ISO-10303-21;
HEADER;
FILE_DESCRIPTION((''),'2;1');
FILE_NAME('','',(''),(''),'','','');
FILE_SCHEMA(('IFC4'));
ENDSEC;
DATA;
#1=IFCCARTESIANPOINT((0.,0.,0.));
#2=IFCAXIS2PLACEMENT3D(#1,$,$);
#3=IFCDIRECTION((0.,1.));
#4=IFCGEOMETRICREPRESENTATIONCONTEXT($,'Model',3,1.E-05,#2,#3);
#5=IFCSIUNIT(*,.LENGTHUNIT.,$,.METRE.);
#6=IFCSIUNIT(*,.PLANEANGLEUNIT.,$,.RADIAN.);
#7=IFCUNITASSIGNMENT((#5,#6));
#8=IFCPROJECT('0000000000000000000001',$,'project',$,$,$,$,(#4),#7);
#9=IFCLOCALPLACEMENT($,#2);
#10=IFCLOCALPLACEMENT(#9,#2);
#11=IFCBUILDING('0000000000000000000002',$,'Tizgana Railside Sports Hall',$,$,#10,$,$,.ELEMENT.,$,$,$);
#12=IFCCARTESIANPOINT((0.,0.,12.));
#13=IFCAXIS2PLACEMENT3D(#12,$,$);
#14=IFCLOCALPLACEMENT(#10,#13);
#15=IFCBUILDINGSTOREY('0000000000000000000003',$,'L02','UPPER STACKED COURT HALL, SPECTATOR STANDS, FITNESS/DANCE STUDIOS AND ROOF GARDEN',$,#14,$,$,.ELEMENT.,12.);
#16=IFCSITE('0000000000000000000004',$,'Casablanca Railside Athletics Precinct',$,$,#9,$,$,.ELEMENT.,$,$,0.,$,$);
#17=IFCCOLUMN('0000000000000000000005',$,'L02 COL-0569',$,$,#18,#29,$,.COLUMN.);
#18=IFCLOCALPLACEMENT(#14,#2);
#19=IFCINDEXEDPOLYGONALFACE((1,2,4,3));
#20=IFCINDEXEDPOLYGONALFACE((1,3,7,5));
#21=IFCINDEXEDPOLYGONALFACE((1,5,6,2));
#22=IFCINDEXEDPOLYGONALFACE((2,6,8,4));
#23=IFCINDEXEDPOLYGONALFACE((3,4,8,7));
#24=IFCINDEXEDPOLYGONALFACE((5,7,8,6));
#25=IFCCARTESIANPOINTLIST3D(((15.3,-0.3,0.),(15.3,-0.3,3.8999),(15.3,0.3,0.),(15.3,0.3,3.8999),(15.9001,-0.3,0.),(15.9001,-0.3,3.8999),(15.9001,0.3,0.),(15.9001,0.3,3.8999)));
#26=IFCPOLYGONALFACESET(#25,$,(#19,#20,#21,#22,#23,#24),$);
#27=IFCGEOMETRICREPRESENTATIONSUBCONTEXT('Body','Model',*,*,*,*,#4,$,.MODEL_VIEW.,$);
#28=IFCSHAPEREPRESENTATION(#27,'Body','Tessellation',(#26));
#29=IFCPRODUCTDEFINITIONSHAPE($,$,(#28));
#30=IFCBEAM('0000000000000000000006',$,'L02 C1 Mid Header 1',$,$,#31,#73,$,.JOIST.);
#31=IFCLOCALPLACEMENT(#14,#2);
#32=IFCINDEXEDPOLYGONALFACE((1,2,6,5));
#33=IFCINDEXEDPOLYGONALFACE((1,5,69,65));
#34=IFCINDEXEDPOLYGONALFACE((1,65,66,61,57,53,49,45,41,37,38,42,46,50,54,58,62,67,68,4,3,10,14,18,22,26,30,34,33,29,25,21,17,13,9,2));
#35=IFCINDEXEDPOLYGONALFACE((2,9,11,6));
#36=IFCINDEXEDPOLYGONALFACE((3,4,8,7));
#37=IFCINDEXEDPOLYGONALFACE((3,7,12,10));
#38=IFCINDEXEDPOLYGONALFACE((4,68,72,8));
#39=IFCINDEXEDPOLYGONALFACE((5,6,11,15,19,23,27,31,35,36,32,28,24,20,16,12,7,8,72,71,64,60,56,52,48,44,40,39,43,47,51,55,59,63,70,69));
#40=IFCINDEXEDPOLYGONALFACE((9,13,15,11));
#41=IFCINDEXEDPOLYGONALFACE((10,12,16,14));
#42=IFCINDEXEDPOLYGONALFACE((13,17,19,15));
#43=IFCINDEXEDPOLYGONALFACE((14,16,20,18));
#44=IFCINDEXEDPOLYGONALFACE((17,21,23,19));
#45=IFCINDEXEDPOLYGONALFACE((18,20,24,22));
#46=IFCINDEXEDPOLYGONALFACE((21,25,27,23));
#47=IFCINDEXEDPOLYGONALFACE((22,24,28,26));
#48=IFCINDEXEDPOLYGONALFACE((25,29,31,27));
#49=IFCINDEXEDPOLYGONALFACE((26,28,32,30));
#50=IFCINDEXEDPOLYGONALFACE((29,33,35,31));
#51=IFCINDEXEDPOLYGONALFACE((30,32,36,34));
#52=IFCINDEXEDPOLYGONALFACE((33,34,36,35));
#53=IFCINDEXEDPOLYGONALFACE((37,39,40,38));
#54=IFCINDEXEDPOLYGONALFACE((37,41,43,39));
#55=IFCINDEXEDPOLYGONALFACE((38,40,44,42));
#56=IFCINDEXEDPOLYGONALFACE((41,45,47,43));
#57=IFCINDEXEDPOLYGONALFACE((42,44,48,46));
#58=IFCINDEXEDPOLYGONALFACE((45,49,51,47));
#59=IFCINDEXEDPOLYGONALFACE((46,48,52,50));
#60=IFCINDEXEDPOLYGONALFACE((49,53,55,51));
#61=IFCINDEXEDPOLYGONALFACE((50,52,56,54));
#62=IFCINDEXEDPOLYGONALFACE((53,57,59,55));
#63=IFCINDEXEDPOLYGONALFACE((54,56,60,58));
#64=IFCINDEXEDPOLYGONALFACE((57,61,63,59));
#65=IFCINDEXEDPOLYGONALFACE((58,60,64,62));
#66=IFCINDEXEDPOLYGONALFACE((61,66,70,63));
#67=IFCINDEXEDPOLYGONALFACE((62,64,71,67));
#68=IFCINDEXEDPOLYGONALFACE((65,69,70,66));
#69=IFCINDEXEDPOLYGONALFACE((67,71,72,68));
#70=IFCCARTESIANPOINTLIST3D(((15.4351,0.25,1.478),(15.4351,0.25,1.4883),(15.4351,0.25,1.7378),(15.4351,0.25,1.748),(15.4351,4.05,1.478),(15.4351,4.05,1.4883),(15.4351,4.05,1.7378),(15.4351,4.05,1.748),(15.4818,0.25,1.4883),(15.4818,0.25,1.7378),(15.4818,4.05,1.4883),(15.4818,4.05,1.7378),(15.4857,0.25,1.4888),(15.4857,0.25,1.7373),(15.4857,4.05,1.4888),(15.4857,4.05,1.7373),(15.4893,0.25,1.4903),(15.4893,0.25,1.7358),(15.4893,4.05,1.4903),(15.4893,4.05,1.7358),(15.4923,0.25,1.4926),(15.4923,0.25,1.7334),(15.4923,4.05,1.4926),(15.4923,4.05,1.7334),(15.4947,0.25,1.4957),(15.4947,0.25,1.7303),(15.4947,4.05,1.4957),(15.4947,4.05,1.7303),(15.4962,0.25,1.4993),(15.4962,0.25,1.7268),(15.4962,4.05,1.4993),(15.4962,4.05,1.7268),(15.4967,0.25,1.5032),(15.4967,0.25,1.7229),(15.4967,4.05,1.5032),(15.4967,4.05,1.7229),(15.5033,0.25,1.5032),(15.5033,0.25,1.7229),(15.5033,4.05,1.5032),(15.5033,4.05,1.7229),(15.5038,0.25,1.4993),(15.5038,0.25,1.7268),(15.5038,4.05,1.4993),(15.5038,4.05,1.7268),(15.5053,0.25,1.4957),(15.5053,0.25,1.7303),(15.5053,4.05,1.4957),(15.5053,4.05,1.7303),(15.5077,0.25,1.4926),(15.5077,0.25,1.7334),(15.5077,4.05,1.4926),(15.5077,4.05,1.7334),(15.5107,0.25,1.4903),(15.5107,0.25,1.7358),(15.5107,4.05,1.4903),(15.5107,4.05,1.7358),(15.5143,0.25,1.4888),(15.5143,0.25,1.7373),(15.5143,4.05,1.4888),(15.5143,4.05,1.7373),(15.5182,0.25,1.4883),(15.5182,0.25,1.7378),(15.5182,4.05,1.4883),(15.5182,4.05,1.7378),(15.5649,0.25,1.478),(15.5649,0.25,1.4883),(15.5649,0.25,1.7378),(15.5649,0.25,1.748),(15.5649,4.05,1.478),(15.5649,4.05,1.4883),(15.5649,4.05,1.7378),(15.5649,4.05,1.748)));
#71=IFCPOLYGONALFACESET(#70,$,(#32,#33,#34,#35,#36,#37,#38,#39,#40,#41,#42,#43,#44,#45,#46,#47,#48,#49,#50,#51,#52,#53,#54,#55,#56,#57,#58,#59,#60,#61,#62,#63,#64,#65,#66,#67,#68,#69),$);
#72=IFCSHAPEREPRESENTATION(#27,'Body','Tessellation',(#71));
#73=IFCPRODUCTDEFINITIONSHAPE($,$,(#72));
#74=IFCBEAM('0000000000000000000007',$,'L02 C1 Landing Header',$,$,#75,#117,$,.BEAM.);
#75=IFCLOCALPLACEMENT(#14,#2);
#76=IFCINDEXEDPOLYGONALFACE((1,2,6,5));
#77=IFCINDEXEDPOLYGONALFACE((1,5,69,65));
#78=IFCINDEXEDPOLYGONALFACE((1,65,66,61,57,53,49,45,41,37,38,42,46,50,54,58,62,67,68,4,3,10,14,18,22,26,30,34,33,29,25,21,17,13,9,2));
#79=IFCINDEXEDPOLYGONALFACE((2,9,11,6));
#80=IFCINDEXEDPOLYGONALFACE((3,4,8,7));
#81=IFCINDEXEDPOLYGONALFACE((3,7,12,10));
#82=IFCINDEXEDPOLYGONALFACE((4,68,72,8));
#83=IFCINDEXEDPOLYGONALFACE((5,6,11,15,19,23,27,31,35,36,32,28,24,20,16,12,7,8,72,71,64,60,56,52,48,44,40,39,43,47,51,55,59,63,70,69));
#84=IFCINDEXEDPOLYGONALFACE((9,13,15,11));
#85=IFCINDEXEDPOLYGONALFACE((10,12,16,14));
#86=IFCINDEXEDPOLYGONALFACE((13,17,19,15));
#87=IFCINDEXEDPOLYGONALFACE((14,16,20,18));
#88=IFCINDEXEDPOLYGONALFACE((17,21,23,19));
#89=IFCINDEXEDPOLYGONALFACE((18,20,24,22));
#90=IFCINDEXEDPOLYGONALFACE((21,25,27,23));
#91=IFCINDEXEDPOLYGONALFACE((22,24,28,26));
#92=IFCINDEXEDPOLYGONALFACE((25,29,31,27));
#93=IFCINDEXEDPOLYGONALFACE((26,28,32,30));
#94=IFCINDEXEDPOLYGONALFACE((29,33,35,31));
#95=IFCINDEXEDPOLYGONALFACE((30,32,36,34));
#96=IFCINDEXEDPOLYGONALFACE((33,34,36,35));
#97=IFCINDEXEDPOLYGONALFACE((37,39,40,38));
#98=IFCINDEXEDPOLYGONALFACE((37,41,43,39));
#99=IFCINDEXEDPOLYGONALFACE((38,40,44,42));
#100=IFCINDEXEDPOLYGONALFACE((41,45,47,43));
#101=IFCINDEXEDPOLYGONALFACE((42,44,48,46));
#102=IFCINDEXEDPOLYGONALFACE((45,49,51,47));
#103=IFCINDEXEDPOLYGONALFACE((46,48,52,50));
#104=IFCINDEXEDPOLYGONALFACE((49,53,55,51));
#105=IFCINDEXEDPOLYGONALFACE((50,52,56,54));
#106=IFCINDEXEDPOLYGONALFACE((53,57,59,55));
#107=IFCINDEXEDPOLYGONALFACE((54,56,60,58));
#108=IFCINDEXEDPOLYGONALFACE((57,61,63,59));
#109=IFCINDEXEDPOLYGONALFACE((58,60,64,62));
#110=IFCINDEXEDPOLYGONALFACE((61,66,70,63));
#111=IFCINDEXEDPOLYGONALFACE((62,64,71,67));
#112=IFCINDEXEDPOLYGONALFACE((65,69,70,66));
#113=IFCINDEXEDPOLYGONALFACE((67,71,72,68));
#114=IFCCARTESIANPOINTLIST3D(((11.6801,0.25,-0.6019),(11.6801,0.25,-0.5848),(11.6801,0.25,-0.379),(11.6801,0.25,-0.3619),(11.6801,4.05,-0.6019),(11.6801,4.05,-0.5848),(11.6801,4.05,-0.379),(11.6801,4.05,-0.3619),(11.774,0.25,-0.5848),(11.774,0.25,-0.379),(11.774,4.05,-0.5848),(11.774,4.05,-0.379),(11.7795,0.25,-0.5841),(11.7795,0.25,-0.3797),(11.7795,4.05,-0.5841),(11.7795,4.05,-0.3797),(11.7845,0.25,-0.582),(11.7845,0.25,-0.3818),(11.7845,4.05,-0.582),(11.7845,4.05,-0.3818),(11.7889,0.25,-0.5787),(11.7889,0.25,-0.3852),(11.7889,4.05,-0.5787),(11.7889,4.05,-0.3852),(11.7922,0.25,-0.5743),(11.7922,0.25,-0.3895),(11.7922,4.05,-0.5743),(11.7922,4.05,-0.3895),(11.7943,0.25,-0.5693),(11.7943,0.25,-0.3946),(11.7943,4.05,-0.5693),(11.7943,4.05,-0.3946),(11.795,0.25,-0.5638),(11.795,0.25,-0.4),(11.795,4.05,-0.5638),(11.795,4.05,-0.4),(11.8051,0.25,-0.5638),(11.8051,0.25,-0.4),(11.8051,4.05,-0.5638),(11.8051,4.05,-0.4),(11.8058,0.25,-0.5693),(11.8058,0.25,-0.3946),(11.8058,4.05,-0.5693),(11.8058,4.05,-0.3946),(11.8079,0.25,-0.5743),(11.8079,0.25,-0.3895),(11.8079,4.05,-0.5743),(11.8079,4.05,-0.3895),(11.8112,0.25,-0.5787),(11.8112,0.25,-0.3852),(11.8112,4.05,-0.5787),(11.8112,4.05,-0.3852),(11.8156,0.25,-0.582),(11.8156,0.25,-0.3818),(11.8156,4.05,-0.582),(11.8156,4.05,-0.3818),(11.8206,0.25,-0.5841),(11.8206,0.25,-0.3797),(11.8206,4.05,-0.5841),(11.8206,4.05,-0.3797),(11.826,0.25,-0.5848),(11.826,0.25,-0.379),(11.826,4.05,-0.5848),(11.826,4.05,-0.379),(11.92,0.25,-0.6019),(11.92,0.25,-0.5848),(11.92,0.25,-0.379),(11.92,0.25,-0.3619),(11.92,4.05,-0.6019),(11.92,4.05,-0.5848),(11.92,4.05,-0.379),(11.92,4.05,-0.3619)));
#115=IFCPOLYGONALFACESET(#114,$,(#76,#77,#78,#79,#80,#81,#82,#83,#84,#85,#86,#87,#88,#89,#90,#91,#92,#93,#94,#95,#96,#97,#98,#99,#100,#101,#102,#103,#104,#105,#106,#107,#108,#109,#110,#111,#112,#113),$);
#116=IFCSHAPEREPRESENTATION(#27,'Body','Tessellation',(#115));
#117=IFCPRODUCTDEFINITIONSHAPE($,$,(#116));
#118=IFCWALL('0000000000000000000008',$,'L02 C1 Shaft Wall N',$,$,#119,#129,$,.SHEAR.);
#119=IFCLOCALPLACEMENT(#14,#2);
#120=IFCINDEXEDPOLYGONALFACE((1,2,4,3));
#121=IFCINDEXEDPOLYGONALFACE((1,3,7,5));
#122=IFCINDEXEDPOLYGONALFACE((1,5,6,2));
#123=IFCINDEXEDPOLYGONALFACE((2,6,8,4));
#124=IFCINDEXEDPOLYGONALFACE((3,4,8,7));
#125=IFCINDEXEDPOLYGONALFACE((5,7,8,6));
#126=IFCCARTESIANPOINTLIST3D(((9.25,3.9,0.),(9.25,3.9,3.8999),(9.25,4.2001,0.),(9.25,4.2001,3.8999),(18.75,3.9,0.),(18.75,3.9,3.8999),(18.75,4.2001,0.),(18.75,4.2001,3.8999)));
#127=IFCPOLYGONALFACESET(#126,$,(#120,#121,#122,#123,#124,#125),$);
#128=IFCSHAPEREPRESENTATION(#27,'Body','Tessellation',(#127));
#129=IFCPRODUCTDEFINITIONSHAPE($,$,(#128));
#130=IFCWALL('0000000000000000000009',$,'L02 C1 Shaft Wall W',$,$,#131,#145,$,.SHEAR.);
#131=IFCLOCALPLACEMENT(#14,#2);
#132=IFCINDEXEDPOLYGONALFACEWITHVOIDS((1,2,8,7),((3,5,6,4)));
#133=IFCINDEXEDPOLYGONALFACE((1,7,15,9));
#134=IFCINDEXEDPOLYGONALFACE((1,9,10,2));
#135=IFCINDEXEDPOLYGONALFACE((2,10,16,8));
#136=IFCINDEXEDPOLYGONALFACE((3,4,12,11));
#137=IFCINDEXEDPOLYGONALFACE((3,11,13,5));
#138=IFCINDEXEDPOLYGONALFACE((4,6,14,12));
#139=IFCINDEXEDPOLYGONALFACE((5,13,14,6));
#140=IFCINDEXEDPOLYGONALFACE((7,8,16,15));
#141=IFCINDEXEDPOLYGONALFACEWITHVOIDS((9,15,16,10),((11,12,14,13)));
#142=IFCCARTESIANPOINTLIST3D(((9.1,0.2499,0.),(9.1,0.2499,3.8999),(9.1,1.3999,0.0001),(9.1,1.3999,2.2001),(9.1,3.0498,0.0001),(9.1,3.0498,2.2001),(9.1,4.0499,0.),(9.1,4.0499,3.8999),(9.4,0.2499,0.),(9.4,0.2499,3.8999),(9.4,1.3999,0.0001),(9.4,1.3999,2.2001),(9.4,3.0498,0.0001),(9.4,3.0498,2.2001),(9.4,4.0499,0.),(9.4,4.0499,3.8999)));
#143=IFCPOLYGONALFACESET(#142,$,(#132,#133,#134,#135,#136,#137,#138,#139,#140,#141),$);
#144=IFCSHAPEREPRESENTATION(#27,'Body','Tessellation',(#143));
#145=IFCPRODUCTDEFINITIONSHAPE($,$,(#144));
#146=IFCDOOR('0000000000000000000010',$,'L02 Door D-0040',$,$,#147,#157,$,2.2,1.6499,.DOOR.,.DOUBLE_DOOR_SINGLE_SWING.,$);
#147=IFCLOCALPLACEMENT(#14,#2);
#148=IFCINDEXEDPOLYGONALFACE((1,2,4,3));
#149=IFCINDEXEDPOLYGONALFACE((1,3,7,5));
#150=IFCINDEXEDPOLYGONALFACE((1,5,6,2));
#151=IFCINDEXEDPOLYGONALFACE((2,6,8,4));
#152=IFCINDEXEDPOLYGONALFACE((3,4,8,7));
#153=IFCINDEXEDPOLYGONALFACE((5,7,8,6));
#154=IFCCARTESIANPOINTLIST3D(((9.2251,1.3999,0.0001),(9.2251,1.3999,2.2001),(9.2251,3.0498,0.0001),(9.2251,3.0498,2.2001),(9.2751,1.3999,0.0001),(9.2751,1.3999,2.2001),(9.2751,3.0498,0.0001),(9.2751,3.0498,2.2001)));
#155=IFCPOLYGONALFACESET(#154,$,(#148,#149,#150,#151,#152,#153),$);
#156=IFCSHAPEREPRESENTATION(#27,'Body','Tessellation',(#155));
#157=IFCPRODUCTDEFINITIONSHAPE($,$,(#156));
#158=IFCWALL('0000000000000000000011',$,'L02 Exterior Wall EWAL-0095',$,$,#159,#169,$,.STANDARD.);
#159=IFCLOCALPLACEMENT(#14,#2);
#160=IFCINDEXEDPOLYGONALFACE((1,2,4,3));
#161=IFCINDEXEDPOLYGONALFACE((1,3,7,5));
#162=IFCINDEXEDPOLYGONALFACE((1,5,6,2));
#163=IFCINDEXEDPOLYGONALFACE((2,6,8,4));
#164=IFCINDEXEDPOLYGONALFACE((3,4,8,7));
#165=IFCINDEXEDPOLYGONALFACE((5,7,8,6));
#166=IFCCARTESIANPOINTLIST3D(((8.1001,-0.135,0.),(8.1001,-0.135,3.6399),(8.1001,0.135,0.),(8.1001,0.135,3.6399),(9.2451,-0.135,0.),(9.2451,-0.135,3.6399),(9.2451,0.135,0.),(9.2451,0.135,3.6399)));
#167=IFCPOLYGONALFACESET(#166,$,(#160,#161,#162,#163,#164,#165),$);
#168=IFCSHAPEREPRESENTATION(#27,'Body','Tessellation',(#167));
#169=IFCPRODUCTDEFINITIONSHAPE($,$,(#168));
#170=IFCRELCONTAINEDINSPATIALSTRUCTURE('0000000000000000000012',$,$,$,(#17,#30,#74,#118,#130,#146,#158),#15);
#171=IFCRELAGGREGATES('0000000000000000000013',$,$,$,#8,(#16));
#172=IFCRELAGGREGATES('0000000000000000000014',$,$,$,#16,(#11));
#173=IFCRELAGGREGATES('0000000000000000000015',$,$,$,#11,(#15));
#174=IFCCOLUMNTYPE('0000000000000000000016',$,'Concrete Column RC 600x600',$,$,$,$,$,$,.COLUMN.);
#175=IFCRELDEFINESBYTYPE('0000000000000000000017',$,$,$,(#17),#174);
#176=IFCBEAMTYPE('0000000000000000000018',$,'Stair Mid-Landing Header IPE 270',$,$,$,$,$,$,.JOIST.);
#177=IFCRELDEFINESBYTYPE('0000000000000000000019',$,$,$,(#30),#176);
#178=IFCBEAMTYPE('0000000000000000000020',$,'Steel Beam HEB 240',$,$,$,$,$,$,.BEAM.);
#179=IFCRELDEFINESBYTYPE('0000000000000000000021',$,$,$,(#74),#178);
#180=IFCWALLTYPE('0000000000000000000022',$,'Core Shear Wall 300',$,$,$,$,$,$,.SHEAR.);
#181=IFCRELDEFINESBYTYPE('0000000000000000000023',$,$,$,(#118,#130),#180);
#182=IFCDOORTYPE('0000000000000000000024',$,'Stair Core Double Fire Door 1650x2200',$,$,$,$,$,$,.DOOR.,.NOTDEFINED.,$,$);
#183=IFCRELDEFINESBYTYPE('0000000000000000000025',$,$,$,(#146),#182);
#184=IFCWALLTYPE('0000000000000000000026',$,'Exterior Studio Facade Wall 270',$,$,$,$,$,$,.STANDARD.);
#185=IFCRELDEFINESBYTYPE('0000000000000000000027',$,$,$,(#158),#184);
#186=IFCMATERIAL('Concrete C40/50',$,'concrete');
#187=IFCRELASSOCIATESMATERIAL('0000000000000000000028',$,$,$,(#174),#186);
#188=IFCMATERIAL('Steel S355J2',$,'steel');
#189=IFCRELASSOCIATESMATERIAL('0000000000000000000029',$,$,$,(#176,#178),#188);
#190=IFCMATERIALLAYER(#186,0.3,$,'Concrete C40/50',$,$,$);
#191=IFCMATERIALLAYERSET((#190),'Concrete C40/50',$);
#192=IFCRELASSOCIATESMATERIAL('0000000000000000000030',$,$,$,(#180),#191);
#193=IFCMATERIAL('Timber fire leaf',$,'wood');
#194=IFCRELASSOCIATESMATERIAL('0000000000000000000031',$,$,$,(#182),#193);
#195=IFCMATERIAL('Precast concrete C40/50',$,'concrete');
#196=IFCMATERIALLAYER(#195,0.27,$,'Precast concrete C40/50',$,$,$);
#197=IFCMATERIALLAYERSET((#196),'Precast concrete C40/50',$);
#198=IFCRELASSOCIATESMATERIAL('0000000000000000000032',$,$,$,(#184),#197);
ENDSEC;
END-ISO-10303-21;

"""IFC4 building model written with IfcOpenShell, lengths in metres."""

from ifc_helpers import new_model, si_unit, direction, frame, frame_2d, origin, origin_2d, place, context, subcontext, project, spatial, rectangle, i_section, extrude, material, layer, layer_set, material_profile, profile_set, type_object, element, fill, save


model = new_model("IFC4")

# Units and contexts
model_context = context("Model", 3, precision=1e-05, world=origin(), true_north=direction((0.0, 1.0)))
body_context = subcontext(model_context, "Body", "Model", "MODEL_VIEW")
ifc_project = project(units=[si_unit("LENGTHUNIT", "METRE"), si_unit("PLANEANGLEUNIT", "RADIAN")], contexts=[model_context])

# Site, building, storey
site_placement = place(None, origin())
site = spatial("IfcSite", under=ifc_project, at=site_placement, Name="Casablanca Railside Athletics Precinct", CompositionType="ELEMENT", RefElevation=0.0)
building_placement = place(site_placement, origin())
building = spatial("IfcBuilding", under=site, at=building_placement, Name="Tizgana Railside Sports Hall", CompositionType="ELEMENT")
storey_placement = place(building_placement, frame((0.0, 0.0, 12.0)))
storey = spatial("IfcBuildingStorey", under=building, at=storey_placement, Name="L02", Description="UPPER STACKED COURT HALL, SPECTATOR STANDS, FITNESS/DANCE STUDIOS AND ROOF GARDEN", CompositionType="ELEMENT", Elevation=12.0)

# Column
ifc_material_1 = material(Name="Concrete C40/50", Category="concrete")
ifc_material_profile_1 = material_profile(ifc_material_1, rectangle(XDim=0.6001, YDim=0.6001, at=origin_2d()), Name="RC 600x600")
ifc_profile_set_1 = profile_set([ifc_material_profile_1], Name="Concrete C40/50")
column_type = type_object("IfcColumnType", Name="Concrete Column RC 600x600", PredefinedType="COLUMN", material=ifc_profile_set_1)
column_placement = place(storey_placement, frame((15.6001, 0.0, 0.0), z_axis=(0.0, 0.0, 1.0), x_axis=(1.0, 0.0, 0.0)))
element("IfcColumn", 1, at=column_placement, inside=storey, type_object=column_type, Name="L02 COL-0569", PredefinedType="COLUMN", context=body_context, shape_type="SweptSolid", body=[
    extrude(rectangle(XDim=0.6001, YDim=0.6001, at=origin_2d()), origin(), (0.0, 0.0, 1.0), 3.8999),
])

# Beams
ifc_material_2 = material(Name="Steel S355J2", Category="steel")
ifc_material_profile_2 = material_profile(ifc_material_2, i_section(OverallWidth=0.1299, OverallDepth=0.27, WebThickness=0.0066, FlangeThickness=0.0103, FilletRadius=0.0149, at=origin_2d()), Name="IPE 270")
ifc_profile_set_2 = profile_set([ifc_material_profile_2], Name="Steel S355J2")
beam_type_1 = type_object("IfcBeamType", Name="Stair Mid-Landing Header IPE 270", PredefinedType="JOIST", material=ifc_profile_set_2)
beam_1_placement = place(storey_placement, frame((15.5, 0.25, 1.613), z_axis=(0.0, 1.0, 0.0), x_axis=(-1.0, 0.0, 0.0)))
element("IfcBeam", 2, at=beam_1_placement, inside=storey, type_object=beam_type_1, Name="L02 C1 Mid Header 1", PredefinedType="JOIST", context=body_context, shape_type="SweptSolid", body=[
    extrude(i_section(OverallWidth=0.1299, OverallDepth=0.27, WebThickness=0.0066, FlangeThickness=0.0103, FilletRadius=0.0149, at=origin_2d()), origin(), (0.0, 0.0, 1.0), 3.8),
])
ifc_material_profile_3 = material_profile(ifc_material_2, i_section(OverallWidth=0.24, OverallDepth=0.24, WebThickness=0.01, FlangeThickness=0.0171, FilletRadius=0.021, at=origin_2d()), Name="HEB 240")
ifc_profile_set_3 = profile_set([ifc_material_profile_3], Name="Steel S355J2")
beam_type_2 = type_object("IfcBeamType", Name="Steel Beam HEB 240", PredefinedType="BEAM", material=ifc_profile_set_3)
beam_2_placement = place(storey_placement, frame((11.8, 0.25, -0.4819), z_axis=(0.0, 1.0, 0.0), x_axis=(-1.0, 0.0, 0.0)))
element("IfcBeam", 3, at=beam_2_placement, inside=storey, type_object=beam_type_2, Name="L02 C1 Landing Header", PredefinedType="BEAM", context=body_context, shape_type="SweptSolid", body=[
    extrude(i_section(OverallWidth=0.24, OverallDepth=0.24, WebThickness=0.01, FlangeThickness=0.0171, FilletRadius=0.021, at=origin_2d()), origin(), (0.0, 0.0, 1.0), 3.8),
])

# Wall
ifc_layer_1 = layer(ifc_material_1, 0.3, Name="Concrete C40/50")
ifc_layer_set_1 = layer_set([ifc_layer_1], Name="Concrete C40/50")
wall_type_1 = type_object("IfcWallType", Name="Core Shear Wall 300", PredefinedType="SHEAR", material=ifc_layer_set_1)
wall_1_placement = place(storey_placement, frame((9.25, 4.05, 0.0), z_axis=(0.0, 0.0, 1.0), x_axis=(1.0, 0.0, 0.0)))
element("IfcWall", 4, at=wall_1_placement, inside=storey, type_object=wall_type_1, Name="L02 C1 Shaft Wall N", PredefinedType="SHEAR", context=body_context, shape_type="SweptSolid", body=[
    extrude(rectangle(XDim=9.5, YDim=0.3, at=frame_2d((4.75, 0.0))), origin(), (0.0, 0.0, 1.0), 3.8999),
])

# Wall, opening, door
wall_2_placement = place(storey_placement, frame((9.25, 0.25, 0.0), z_axis=(0.0, 0.0, 1.0), x_axis=(0.0, 1.0, 0.0)))
wall_2 = element("IfcWall", 5, at=wall_2_placement, inside=storey, type_object=wall_type_1, Name="L02 C1 Shaft Wall W", PredefinedType="SHEAR", context=body_context, shape_type="SweptSolid", body=[
    extrude(rectangle(XDim=3.8, YDim=0.3, at=frame_2d((1.8999, 0.0))), origin(), (0.0, 0.0, 1.0), 3.8999),
])
opening_placement = place(wall_2_placement, frame((1.1499, 0.0, 0.0)))
opening = element("IfcOpeningElement", 6, at=opening_placement, cuts=wall_2, PredefinedType="OPENING", context=body_context, shape_type="SweptSolid", body=[
    extrude(rectangle(XDim=1.6499, YDim=2.2, at=frame_2d((0.825, 1.1001))), frame((0.0, 0.1599, 0.0), z_axis=(0.0, -1.0, 0.0), x_axis=(1.0, 0.0, 0.0)), (0.0, 0.0, 1.0), 0.3201),
])
ifc_material_3 = material(Name="Timber fire leaf", Category="wood")
door_type = type_object("IfcDoorType", Name="Stair Core Double Fire Door 1650x2200", OperationType="NOTDEFINED", PredefinedType="DOOR", material=ifc_material_3)
door_placement = place(opening_placement, origin())
door = element("IfcDoor", 7, at=door_placement, inside=storey, type_object=door_type, Name="L02 Door D-0040", OperationType="DOUBLE_DOOR_SINGLE_SWING", OverallHeight=2.2, OverallWidth=1.6499, PredefinedType="DOOR", context=body_context, shape_type="SweptSolid", body=[
    extrude(rectangle(XDim=1.6499, YDim=2.2, at=frame_2d((0.825, 1.1001))), frame((0.0, 0.0249, 0.0), z_axis=(0.0, -1.0, 0.0), x_axis=(1.0, 0.0, 0.0)), (0.0, 0.0, 1.0), 0.05),
])
fill(opening, door)

# Wall
ifc_material_4 = material(Name="Precast concrete C40/50", Category="concrete")
ifc_layer_2 = layer(ifc_material_4, 0.27, Name="Precast concrete C40/50")
ifc_layer_set_2 = layer_set([ifc_layer_2], Name="Precast concrete C40/50")
wall_type_2 = type_object("IfcWallType", Name="Exterior Studio Facade Wall 270", PredefinedType="STANDARD", material=ifc_layer_set_2)
wall_3_placement = place(storey_placement, frame((9.2451, 0.0, 0.0), z_axis=(0.0, 0.0, 1.0), x_axis=(-1.0, 0.0, 0.0)))
element("IfcWall", 8, at=wall_3_placement, inside=storey, type_object=wall_type_2, Name="L02 Exterior Wall EWAL-0095", PredefinedType="STANDARD", context=body_context, shape_type="SweptSolid", body=[
    extrude(rectangle(XDim=1.145, YDim=0.27, at=frame_2d((0.5725, 0.0))), origin(), (0.0, 0.0, 1.0), 3.6399),
])

save(model, "model.ifc")
